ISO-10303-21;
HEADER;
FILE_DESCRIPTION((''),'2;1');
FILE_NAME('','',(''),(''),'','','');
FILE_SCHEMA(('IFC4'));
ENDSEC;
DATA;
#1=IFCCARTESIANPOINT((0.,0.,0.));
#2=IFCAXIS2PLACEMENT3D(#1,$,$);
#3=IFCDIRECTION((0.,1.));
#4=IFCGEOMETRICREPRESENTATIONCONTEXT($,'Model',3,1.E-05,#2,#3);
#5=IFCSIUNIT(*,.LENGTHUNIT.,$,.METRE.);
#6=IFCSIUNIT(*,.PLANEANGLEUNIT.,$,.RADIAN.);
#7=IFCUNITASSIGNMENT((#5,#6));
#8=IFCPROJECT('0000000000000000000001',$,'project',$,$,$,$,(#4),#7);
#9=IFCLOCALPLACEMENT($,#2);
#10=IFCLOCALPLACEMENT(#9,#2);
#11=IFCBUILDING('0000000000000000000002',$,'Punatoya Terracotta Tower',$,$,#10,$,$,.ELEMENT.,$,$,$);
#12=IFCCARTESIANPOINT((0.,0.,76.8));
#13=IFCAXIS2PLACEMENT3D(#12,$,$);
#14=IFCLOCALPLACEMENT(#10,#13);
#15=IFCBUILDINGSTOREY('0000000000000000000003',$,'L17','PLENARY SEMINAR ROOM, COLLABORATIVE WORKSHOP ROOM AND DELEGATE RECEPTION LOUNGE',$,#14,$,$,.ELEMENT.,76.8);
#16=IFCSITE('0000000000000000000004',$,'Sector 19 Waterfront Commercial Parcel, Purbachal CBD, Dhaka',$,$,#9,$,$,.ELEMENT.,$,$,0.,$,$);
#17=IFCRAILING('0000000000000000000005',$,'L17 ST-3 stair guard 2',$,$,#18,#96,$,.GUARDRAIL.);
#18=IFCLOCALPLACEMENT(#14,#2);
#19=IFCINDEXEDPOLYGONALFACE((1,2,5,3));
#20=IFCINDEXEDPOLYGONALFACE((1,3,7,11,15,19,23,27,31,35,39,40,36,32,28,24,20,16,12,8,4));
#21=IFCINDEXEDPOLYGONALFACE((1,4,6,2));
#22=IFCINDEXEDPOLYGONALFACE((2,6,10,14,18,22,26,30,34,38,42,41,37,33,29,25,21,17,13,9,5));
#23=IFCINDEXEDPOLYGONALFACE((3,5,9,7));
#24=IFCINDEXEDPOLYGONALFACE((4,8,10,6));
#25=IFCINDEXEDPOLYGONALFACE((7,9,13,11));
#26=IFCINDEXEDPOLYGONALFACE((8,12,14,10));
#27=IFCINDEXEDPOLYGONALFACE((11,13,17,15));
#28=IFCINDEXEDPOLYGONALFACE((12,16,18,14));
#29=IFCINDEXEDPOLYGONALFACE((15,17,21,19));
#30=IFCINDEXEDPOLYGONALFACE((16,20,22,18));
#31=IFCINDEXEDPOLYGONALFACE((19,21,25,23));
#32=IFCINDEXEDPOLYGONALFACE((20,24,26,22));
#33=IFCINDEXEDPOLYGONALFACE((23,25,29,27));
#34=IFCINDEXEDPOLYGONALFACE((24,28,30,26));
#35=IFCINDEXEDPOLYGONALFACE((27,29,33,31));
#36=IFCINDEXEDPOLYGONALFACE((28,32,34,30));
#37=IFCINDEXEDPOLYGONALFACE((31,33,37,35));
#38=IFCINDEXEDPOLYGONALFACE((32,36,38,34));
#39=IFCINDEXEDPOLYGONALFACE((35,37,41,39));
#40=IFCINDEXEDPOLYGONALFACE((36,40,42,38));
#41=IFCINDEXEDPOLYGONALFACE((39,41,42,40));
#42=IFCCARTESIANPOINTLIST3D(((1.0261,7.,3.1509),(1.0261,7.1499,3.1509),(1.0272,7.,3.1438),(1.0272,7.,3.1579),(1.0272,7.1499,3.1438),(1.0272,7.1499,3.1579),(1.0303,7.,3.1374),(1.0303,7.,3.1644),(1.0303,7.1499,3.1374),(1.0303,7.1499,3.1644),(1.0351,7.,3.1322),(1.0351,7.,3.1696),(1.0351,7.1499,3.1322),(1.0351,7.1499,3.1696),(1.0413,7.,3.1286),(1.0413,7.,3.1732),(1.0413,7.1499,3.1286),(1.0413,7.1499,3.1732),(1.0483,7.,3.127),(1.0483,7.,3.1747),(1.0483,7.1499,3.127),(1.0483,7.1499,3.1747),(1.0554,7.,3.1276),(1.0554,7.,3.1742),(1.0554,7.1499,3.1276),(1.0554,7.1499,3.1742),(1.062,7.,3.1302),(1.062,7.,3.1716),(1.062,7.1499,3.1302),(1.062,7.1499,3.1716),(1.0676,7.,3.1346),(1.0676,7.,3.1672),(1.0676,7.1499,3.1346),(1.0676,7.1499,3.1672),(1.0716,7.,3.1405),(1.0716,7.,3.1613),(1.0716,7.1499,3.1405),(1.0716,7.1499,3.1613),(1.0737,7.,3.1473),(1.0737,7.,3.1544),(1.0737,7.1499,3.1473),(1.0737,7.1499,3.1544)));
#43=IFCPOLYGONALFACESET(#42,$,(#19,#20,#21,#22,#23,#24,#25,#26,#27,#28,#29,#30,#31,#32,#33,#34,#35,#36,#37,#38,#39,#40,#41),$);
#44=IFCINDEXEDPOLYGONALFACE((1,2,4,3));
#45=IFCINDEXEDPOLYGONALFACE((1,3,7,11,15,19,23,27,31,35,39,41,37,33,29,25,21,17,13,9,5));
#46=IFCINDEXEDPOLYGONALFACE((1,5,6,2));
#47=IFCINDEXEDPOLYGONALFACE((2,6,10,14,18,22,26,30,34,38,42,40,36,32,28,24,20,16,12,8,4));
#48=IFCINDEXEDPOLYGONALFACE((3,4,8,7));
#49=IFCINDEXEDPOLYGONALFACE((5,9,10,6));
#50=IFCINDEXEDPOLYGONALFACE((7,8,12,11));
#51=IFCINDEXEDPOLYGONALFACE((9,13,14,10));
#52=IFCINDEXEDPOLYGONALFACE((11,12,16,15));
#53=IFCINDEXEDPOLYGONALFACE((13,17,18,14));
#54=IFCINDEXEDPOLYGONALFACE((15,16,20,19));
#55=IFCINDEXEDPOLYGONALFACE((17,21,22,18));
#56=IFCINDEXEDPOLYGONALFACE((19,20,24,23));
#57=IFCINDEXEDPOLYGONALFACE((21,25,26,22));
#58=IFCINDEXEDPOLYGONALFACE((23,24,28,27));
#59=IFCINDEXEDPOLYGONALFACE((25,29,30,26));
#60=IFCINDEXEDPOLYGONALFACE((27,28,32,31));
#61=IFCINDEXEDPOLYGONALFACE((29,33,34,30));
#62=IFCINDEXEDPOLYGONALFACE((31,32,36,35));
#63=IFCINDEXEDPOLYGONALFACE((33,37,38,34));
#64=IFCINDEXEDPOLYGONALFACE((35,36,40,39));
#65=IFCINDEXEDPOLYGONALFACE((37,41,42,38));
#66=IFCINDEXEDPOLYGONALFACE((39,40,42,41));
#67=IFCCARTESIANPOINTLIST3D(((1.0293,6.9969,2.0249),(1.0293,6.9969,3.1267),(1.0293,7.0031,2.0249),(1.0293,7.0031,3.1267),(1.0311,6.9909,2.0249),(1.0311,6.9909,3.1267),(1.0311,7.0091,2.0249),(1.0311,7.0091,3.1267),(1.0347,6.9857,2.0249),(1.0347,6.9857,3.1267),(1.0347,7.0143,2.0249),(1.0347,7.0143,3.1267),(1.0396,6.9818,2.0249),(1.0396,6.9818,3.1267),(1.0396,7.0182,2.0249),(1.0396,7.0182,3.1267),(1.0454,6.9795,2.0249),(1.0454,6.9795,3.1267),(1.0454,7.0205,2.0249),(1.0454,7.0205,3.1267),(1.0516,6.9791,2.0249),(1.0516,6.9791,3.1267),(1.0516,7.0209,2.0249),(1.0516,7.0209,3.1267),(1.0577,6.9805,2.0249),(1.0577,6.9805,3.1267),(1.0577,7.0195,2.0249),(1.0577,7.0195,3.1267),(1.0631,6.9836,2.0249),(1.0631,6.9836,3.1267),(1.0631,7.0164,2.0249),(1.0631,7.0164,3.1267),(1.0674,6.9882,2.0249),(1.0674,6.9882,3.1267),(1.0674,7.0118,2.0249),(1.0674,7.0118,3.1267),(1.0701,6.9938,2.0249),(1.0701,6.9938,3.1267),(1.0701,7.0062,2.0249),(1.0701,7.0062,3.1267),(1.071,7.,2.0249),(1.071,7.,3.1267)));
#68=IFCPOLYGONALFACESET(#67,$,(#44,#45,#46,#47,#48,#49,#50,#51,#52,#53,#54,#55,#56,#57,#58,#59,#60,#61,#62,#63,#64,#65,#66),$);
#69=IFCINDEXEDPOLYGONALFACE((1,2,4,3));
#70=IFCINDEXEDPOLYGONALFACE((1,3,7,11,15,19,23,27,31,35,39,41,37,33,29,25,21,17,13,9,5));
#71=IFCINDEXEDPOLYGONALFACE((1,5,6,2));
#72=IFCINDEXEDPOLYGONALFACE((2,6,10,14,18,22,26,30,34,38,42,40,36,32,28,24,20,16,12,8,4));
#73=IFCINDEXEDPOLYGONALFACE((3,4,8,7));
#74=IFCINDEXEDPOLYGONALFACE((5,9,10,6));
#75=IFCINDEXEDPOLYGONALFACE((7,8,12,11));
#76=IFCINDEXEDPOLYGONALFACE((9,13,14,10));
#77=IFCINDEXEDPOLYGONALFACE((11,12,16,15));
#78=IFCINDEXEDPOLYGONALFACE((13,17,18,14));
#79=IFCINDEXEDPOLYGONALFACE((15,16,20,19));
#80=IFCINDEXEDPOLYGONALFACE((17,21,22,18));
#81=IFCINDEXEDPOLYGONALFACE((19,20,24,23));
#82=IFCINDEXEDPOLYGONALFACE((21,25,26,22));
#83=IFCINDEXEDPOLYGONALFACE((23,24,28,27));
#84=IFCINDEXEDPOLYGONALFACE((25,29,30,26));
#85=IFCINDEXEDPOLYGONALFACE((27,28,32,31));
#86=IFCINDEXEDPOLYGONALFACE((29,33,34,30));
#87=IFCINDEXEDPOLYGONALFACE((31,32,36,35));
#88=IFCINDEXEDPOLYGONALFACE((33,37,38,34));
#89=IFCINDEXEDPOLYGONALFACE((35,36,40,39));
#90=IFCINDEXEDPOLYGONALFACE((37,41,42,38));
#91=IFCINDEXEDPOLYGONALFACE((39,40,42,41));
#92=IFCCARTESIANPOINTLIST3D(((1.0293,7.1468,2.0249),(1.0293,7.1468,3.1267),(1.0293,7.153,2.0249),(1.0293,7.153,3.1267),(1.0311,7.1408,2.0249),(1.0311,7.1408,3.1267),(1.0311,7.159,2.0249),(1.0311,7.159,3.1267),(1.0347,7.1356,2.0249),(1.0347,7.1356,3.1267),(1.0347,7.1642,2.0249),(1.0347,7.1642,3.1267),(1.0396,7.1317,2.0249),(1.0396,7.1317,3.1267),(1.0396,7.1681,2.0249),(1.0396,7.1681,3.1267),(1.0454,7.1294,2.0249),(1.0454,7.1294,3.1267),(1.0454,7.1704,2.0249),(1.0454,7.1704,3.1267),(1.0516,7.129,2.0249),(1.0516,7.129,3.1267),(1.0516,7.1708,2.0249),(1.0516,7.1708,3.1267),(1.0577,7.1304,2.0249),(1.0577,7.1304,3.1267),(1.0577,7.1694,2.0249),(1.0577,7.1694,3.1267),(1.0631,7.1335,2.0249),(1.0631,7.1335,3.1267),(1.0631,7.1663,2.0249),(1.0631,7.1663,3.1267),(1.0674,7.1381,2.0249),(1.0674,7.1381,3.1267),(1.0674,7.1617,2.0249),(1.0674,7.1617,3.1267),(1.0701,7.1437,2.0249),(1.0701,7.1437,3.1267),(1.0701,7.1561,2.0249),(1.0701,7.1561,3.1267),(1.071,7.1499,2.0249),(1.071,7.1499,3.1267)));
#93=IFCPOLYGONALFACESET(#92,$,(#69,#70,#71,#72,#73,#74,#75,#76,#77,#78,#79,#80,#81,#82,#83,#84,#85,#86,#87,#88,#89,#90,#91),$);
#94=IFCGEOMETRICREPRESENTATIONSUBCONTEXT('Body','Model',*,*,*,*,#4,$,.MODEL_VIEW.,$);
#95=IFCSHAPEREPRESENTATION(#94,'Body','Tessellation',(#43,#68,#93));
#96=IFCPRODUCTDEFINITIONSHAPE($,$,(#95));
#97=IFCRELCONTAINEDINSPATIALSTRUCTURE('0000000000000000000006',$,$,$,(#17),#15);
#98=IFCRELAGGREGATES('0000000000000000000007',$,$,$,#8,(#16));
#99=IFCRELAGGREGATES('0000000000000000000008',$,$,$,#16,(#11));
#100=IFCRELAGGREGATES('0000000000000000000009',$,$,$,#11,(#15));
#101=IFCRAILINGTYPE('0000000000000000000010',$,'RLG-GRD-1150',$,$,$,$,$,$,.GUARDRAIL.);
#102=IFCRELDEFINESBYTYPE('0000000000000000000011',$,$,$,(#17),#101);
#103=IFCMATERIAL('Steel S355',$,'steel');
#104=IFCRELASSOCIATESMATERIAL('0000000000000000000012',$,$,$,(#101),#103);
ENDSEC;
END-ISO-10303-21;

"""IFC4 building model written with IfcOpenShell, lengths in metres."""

from ifc_helpers import new_model, si_unit, direction, frame, origin, origin_2d, place, context, subcontext, project, spatial, circle, extrude, material, type_object, element, save


model = new_model("IFC4")

# Units and contexts
model_context = context("Model", 3, precision=1e-05, world=origin(), true_north=direction((0.0, 1.0)))
body_context = subcontext(model_context, "Body", "Model", "MODEL_VIEW")
ifc_project = project(units=[si_unit("LENGTHUNIT", "METRE"), si_unit("PLANEANGLEUNIT", "RADIAN")], contexts=[model_context])

# Site, building, storey
site_placement = place(None, origin())
site = spatial("IfcSite", under=ifc_project, at=site_placement, Name="Sector 19 Waterfront Commercial Parcel, Purbachal CBD, Dhaka", CompositionType="ELEMENT", RefElevation=0.0)
building_placement = place(site_placement, origin())
building = spatial("IfcBuilding", under=site, at=building_placement, Name="Punatoya Terracotta Tower", CompositionType="ELEMENT")
storey_placement = place(building_placement, frame((0.0, 0.0, 76.8)))
storey = spatial("IfcBuildingStorey", under=building, at=storey_placement, Name="L17", Description="PLENARY SEMINAR ROOM, COLLABORATIVE WORKSHOP ROOM AND DELEGATE RECEPTION LOUNGE", CompositionType="ELEMENT", Elevation=76.8)

# Shared definitions
ifc_material_1 = material(Name="Steel S355", Category="steel")

# Railing
railing_type_1 = type_object("IfcRailingType", Name="RLG-GRD-1150", PredefinedType="GUARDRAIL", material=ifc_material_1)
railing_1_placement = place(storey_placement, frame((1.05, 7.0, 2.0249)))
element("IfcRailing", 1, at=railing_1_placement, inside=storey, type_object=railing_type_1, Name="L17 ST-3 stair guard 2", PredefinedType="GUARDRAIL", context=body_context, shape_type="SweptSolid", body=[
    extrude(circle(Radius=0.0239, at=origin_2d()), frame((0.0, 0.0, 1.126), z_axis=(0.0, 1.0, 0.0), x_axis=(-1.0, 0.0, 0.0)), (0.0, 0.0, 1.0), 0.1499),
    extrude(circle(Radius=0.021, at=origin_2d()), origin(), (0.0, 0.0, 1.0), 1.1018),
    extrude(circle(Radius=0.021, at=origin_2d()), frame((0.0, 0.1499, 0.0)), (0.0, 0.0, 1.0), 1.1018),
])

save(model, "model.ifc")
